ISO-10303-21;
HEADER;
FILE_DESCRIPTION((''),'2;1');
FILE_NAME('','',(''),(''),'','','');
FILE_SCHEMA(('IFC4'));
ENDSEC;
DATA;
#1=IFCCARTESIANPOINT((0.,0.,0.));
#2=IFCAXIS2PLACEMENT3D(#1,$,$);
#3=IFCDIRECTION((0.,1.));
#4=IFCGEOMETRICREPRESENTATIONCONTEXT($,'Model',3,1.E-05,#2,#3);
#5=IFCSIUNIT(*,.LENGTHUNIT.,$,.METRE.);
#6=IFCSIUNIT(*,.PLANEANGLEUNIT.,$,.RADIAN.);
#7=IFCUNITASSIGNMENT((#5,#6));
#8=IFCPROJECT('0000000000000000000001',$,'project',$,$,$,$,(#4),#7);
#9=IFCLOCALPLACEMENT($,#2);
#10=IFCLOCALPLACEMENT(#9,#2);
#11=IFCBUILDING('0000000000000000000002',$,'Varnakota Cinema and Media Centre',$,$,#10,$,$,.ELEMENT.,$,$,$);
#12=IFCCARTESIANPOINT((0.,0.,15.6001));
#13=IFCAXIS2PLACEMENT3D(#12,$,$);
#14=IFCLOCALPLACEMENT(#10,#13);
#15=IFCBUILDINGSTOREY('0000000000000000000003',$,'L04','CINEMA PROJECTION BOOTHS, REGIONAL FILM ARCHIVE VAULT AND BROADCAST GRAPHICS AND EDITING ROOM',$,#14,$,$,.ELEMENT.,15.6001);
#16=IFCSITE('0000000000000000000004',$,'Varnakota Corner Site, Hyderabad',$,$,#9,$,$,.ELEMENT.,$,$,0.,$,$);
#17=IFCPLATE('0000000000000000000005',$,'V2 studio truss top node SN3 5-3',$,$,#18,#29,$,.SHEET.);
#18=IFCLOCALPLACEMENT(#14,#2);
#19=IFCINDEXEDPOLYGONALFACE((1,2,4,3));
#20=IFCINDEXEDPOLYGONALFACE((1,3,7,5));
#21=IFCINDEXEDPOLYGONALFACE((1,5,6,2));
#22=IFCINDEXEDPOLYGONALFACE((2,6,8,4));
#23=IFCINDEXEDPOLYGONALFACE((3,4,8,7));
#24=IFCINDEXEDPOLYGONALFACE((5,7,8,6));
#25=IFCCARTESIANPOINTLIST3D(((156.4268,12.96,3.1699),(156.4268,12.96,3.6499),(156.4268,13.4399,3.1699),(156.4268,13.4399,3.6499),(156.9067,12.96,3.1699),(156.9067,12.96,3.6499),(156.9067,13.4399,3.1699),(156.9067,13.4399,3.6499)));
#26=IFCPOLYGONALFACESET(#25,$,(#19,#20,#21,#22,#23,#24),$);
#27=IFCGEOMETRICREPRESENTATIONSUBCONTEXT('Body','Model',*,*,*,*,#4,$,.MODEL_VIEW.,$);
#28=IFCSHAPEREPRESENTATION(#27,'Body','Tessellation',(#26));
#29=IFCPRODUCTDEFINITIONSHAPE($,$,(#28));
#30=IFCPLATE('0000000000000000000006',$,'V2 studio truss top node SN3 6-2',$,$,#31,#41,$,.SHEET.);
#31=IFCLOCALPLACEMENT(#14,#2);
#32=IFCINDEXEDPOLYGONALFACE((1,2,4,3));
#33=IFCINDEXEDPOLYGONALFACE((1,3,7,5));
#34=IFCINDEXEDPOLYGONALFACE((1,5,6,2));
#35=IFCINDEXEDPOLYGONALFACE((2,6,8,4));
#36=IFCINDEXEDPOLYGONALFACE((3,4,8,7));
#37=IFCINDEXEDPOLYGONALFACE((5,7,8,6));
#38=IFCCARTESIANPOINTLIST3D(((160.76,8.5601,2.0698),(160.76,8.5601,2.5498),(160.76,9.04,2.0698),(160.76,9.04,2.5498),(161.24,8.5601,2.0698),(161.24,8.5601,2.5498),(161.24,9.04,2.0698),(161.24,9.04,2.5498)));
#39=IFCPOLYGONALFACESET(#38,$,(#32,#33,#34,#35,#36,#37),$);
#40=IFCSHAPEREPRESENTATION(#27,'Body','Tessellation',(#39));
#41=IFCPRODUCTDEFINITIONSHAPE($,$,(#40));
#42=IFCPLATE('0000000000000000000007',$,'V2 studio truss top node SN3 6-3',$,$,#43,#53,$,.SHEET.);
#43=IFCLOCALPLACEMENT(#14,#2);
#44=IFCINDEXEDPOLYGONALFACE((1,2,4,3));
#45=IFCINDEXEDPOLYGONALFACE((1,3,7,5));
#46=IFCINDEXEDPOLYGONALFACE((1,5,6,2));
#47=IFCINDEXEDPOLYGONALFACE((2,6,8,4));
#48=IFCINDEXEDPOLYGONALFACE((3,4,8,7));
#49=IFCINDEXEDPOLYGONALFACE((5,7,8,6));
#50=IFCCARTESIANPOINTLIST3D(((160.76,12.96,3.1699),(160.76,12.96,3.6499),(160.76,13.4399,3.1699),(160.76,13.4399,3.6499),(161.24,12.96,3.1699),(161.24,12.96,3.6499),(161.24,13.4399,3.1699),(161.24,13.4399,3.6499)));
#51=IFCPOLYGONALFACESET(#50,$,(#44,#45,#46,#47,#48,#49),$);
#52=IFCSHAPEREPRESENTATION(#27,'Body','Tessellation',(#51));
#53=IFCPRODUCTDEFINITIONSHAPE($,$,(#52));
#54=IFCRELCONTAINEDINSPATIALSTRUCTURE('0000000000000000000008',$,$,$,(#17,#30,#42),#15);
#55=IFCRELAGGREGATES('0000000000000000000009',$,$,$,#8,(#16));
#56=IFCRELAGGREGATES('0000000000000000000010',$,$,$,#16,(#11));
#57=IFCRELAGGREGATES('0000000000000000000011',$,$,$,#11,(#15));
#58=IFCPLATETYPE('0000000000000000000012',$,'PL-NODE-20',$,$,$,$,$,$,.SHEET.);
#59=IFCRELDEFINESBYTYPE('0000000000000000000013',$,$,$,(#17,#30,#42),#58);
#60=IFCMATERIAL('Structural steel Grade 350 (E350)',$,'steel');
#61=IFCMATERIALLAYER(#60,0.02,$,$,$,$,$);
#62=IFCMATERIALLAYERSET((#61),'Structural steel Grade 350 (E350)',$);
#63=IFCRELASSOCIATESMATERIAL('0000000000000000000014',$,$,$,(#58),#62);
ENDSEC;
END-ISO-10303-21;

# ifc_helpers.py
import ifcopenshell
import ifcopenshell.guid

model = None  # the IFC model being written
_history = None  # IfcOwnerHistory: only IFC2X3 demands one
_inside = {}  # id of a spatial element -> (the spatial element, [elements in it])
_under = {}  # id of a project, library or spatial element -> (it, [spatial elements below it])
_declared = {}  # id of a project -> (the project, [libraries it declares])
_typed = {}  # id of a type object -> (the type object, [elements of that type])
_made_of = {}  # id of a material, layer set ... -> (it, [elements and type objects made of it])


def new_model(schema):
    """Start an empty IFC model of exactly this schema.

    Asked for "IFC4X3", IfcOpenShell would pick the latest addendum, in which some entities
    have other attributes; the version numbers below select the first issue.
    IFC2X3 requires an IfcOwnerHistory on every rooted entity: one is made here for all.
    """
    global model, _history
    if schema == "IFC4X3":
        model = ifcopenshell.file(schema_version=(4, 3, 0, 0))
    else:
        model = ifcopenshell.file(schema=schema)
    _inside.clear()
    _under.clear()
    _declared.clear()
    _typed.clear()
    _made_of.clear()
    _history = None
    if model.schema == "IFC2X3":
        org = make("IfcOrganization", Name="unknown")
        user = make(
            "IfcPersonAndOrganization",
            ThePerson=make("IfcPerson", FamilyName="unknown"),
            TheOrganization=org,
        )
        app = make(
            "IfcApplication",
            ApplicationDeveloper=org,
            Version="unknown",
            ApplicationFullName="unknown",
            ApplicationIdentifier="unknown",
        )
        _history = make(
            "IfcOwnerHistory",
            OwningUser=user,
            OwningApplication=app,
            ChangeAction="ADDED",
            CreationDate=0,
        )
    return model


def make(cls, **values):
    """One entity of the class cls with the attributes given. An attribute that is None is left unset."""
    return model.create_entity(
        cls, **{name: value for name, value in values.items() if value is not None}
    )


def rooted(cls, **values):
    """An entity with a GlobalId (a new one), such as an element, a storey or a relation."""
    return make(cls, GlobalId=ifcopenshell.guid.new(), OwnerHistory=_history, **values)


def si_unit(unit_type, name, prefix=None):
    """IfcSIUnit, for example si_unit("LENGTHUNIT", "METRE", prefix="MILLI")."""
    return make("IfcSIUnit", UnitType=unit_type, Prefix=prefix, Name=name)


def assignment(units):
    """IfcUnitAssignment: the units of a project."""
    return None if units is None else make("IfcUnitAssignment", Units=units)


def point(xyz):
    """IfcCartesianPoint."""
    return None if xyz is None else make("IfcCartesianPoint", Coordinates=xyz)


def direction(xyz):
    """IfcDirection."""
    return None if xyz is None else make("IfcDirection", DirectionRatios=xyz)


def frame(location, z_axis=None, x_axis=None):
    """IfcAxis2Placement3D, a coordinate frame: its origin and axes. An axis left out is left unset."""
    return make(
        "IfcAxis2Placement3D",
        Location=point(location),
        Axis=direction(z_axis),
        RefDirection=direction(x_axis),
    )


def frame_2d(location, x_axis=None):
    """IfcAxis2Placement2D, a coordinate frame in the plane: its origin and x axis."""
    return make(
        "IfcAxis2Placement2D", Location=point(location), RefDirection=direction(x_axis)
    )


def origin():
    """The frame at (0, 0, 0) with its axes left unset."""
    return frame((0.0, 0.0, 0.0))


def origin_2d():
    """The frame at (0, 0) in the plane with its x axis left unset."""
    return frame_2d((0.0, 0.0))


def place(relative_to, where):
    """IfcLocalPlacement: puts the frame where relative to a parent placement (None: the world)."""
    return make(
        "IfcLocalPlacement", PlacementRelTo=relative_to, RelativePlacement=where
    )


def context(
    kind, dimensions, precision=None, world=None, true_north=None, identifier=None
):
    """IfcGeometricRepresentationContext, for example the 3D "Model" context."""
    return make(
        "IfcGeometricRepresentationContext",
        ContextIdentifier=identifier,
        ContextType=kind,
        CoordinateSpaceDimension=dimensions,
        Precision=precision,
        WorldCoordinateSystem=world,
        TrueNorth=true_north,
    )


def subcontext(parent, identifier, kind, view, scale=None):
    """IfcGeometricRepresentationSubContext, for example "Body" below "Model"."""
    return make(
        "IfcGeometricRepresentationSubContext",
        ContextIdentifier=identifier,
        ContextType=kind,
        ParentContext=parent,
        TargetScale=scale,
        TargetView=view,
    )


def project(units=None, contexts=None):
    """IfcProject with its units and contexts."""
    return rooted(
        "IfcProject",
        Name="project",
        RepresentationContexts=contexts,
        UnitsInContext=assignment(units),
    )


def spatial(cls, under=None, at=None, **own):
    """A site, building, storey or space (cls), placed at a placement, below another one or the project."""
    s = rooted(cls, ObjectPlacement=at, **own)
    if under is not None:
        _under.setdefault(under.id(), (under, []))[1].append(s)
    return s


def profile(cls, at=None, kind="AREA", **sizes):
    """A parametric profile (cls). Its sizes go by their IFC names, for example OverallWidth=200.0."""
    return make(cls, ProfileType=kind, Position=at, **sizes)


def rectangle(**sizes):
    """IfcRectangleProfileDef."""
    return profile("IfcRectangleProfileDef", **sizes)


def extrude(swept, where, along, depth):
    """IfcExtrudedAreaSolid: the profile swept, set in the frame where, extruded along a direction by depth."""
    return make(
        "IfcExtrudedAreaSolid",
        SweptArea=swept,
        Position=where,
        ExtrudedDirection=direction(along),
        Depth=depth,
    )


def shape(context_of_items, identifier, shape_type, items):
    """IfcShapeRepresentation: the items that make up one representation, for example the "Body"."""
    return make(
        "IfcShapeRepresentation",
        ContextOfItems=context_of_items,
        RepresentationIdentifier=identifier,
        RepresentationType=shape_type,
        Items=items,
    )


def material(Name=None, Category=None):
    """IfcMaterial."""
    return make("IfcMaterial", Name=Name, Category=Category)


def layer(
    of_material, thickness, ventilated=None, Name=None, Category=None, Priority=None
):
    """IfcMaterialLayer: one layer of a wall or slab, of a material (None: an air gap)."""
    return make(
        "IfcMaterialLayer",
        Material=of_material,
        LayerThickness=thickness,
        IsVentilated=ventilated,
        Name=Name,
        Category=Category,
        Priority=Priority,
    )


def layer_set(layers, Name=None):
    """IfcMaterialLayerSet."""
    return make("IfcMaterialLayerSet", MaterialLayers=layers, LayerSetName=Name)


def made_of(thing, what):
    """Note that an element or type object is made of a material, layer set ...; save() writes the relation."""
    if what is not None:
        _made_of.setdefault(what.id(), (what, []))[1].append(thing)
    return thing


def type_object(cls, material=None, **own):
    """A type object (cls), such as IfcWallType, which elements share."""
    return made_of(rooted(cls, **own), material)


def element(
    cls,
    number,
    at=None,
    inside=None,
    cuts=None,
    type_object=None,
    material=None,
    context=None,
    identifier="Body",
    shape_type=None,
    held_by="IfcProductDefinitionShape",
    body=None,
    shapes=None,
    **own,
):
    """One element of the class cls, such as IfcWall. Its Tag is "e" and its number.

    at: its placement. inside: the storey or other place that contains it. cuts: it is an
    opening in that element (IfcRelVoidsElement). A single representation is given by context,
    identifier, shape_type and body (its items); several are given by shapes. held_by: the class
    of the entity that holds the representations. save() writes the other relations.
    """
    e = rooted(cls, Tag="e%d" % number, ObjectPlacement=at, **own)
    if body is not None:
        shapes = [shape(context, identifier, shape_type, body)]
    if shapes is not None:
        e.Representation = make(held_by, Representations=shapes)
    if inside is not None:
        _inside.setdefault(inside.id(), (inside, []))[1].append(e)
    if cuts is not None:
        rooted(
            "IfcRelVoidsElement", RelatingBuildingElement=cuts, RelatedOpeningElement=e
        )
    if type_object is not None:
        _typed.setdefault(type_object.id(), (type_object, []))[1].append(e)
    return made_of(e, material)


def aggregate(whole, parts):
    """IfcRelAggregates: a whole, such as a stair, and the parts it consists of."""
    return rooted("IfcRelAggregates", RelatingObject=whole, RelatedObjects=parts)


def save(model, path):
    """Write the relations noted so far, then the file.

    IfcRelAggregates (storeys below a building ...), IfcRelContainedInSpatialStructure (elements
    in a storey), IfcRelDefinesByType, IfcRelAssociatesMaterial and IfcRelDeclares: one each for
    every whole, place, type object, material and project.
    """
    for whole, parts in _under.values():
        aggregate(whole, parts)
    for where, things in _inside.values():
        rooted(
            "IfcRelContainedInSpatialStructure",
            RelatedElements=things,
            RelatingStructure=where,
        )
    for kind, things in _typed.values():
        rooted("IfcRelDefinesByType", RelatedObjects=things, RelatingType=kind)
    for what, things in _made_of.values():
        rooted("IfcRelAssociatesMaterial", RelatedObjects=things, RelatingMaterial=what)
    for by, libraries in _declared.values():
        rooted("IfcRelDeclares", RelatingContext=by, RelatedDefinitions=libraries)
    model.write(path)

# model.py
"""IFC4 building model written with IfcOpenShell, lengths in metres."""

from ifc_helpers import new_model, si_unit, direction, frame, origin, origin_2d, place, context, subcontext, project, spatial, rectangle, extrude, material, layer, layer_set, type_object, element, save


model = new_model("IFC4")

# Units and contexts
model_context = context("Model", 3, precision=1e-05, world=origin(), true_north=direction((0.0, 1.0)))
body_context = subcontext(model_context, "Body", "Model", "MODEL_VIEW")
ifc_project = project(units=[si_unit("LENGTHUNIT", "METRE"), si_unit("PLANEANGLEUNIT", "RADIAN")], contexts=[model_context])

# Site, building, storey
site_placement = place(None, origin())
site = spatial("IfcSite", under=ifc_project, at=site_placement, Name="Varnakota Corner Site, Hyderabad", CompositionType="ELEMENT", RefElevation=0.0)
building_placement = place(site_placement, origin())
building = spatial("IfcBuilding", under=site, at=building_placement, Name="Varnakota Cinema and Media Centre", CompositionType="ELEMENT")
storey_placement = place(building_placement, frame((0.0, 0.0, 15.6001)))
storey = spatial("IfcBuildingStorey", under=building, at=storey_placement, Name="L04", Description="CINEMA PROJECTION BOOTHS, REGIONAL FILM ARCHIVE VAULT AND BROADCAST GRAPHICS AND EDITING ROOM", CompositionType="ELEMENT", Elevation=15.6001)

# Plates
ifc_material_1 = material(Name="Structural steel Grade 350 (E350)", Category="steel")
ifc_layer_1 = layer(ifc_material_1, 0.02)
ifc_layer_set_1 = layer_set([ifc_layer_1], Name="Structural steel Grade 350 (E350)")
plate_type_1 = type_object("IfcPlateType", Name="PL-NODE-20", PredefinedType="SHEET", material=ifc_layer_set_1)
for number, where, z_axis, x_axis, name in (
    (1, (156.6667, 13.2, 3.1699), (0.0, 0.0, 1.0), (1.0, 0.0, 0.0), "V2 studio truss top node SN3 5-3"),
    (2, (161.0, 8.8, 2.0698), (0.0, 0.0, 1.0), (1.0, 0.0, 0.0), "V2 studio truss top node SN3 6-2"),
    (3, (161.0, 13.2, 3.1699), (0.0, 0.0, 1.0), (1.0, 0.0, 0.0), "V2 studio truss top node SN3 6-3"),
):
    element("IfcPlate", number, at=place(storey_placement, frame(where, z_axis=z_axis, x_axis=x_axis)), inside=storey, type_object=plate_type_1, Name=name, PredefinedType="SHEET", context=body_context, shape_type="SweptSolid", body=[
        extrude(rectangle(XDim=0.48, YDim=0.48, at=origin_2d()), origin(), (0.0, 0.0, 1.0), 0.48),
    ])

save(model, "model.ifc")
